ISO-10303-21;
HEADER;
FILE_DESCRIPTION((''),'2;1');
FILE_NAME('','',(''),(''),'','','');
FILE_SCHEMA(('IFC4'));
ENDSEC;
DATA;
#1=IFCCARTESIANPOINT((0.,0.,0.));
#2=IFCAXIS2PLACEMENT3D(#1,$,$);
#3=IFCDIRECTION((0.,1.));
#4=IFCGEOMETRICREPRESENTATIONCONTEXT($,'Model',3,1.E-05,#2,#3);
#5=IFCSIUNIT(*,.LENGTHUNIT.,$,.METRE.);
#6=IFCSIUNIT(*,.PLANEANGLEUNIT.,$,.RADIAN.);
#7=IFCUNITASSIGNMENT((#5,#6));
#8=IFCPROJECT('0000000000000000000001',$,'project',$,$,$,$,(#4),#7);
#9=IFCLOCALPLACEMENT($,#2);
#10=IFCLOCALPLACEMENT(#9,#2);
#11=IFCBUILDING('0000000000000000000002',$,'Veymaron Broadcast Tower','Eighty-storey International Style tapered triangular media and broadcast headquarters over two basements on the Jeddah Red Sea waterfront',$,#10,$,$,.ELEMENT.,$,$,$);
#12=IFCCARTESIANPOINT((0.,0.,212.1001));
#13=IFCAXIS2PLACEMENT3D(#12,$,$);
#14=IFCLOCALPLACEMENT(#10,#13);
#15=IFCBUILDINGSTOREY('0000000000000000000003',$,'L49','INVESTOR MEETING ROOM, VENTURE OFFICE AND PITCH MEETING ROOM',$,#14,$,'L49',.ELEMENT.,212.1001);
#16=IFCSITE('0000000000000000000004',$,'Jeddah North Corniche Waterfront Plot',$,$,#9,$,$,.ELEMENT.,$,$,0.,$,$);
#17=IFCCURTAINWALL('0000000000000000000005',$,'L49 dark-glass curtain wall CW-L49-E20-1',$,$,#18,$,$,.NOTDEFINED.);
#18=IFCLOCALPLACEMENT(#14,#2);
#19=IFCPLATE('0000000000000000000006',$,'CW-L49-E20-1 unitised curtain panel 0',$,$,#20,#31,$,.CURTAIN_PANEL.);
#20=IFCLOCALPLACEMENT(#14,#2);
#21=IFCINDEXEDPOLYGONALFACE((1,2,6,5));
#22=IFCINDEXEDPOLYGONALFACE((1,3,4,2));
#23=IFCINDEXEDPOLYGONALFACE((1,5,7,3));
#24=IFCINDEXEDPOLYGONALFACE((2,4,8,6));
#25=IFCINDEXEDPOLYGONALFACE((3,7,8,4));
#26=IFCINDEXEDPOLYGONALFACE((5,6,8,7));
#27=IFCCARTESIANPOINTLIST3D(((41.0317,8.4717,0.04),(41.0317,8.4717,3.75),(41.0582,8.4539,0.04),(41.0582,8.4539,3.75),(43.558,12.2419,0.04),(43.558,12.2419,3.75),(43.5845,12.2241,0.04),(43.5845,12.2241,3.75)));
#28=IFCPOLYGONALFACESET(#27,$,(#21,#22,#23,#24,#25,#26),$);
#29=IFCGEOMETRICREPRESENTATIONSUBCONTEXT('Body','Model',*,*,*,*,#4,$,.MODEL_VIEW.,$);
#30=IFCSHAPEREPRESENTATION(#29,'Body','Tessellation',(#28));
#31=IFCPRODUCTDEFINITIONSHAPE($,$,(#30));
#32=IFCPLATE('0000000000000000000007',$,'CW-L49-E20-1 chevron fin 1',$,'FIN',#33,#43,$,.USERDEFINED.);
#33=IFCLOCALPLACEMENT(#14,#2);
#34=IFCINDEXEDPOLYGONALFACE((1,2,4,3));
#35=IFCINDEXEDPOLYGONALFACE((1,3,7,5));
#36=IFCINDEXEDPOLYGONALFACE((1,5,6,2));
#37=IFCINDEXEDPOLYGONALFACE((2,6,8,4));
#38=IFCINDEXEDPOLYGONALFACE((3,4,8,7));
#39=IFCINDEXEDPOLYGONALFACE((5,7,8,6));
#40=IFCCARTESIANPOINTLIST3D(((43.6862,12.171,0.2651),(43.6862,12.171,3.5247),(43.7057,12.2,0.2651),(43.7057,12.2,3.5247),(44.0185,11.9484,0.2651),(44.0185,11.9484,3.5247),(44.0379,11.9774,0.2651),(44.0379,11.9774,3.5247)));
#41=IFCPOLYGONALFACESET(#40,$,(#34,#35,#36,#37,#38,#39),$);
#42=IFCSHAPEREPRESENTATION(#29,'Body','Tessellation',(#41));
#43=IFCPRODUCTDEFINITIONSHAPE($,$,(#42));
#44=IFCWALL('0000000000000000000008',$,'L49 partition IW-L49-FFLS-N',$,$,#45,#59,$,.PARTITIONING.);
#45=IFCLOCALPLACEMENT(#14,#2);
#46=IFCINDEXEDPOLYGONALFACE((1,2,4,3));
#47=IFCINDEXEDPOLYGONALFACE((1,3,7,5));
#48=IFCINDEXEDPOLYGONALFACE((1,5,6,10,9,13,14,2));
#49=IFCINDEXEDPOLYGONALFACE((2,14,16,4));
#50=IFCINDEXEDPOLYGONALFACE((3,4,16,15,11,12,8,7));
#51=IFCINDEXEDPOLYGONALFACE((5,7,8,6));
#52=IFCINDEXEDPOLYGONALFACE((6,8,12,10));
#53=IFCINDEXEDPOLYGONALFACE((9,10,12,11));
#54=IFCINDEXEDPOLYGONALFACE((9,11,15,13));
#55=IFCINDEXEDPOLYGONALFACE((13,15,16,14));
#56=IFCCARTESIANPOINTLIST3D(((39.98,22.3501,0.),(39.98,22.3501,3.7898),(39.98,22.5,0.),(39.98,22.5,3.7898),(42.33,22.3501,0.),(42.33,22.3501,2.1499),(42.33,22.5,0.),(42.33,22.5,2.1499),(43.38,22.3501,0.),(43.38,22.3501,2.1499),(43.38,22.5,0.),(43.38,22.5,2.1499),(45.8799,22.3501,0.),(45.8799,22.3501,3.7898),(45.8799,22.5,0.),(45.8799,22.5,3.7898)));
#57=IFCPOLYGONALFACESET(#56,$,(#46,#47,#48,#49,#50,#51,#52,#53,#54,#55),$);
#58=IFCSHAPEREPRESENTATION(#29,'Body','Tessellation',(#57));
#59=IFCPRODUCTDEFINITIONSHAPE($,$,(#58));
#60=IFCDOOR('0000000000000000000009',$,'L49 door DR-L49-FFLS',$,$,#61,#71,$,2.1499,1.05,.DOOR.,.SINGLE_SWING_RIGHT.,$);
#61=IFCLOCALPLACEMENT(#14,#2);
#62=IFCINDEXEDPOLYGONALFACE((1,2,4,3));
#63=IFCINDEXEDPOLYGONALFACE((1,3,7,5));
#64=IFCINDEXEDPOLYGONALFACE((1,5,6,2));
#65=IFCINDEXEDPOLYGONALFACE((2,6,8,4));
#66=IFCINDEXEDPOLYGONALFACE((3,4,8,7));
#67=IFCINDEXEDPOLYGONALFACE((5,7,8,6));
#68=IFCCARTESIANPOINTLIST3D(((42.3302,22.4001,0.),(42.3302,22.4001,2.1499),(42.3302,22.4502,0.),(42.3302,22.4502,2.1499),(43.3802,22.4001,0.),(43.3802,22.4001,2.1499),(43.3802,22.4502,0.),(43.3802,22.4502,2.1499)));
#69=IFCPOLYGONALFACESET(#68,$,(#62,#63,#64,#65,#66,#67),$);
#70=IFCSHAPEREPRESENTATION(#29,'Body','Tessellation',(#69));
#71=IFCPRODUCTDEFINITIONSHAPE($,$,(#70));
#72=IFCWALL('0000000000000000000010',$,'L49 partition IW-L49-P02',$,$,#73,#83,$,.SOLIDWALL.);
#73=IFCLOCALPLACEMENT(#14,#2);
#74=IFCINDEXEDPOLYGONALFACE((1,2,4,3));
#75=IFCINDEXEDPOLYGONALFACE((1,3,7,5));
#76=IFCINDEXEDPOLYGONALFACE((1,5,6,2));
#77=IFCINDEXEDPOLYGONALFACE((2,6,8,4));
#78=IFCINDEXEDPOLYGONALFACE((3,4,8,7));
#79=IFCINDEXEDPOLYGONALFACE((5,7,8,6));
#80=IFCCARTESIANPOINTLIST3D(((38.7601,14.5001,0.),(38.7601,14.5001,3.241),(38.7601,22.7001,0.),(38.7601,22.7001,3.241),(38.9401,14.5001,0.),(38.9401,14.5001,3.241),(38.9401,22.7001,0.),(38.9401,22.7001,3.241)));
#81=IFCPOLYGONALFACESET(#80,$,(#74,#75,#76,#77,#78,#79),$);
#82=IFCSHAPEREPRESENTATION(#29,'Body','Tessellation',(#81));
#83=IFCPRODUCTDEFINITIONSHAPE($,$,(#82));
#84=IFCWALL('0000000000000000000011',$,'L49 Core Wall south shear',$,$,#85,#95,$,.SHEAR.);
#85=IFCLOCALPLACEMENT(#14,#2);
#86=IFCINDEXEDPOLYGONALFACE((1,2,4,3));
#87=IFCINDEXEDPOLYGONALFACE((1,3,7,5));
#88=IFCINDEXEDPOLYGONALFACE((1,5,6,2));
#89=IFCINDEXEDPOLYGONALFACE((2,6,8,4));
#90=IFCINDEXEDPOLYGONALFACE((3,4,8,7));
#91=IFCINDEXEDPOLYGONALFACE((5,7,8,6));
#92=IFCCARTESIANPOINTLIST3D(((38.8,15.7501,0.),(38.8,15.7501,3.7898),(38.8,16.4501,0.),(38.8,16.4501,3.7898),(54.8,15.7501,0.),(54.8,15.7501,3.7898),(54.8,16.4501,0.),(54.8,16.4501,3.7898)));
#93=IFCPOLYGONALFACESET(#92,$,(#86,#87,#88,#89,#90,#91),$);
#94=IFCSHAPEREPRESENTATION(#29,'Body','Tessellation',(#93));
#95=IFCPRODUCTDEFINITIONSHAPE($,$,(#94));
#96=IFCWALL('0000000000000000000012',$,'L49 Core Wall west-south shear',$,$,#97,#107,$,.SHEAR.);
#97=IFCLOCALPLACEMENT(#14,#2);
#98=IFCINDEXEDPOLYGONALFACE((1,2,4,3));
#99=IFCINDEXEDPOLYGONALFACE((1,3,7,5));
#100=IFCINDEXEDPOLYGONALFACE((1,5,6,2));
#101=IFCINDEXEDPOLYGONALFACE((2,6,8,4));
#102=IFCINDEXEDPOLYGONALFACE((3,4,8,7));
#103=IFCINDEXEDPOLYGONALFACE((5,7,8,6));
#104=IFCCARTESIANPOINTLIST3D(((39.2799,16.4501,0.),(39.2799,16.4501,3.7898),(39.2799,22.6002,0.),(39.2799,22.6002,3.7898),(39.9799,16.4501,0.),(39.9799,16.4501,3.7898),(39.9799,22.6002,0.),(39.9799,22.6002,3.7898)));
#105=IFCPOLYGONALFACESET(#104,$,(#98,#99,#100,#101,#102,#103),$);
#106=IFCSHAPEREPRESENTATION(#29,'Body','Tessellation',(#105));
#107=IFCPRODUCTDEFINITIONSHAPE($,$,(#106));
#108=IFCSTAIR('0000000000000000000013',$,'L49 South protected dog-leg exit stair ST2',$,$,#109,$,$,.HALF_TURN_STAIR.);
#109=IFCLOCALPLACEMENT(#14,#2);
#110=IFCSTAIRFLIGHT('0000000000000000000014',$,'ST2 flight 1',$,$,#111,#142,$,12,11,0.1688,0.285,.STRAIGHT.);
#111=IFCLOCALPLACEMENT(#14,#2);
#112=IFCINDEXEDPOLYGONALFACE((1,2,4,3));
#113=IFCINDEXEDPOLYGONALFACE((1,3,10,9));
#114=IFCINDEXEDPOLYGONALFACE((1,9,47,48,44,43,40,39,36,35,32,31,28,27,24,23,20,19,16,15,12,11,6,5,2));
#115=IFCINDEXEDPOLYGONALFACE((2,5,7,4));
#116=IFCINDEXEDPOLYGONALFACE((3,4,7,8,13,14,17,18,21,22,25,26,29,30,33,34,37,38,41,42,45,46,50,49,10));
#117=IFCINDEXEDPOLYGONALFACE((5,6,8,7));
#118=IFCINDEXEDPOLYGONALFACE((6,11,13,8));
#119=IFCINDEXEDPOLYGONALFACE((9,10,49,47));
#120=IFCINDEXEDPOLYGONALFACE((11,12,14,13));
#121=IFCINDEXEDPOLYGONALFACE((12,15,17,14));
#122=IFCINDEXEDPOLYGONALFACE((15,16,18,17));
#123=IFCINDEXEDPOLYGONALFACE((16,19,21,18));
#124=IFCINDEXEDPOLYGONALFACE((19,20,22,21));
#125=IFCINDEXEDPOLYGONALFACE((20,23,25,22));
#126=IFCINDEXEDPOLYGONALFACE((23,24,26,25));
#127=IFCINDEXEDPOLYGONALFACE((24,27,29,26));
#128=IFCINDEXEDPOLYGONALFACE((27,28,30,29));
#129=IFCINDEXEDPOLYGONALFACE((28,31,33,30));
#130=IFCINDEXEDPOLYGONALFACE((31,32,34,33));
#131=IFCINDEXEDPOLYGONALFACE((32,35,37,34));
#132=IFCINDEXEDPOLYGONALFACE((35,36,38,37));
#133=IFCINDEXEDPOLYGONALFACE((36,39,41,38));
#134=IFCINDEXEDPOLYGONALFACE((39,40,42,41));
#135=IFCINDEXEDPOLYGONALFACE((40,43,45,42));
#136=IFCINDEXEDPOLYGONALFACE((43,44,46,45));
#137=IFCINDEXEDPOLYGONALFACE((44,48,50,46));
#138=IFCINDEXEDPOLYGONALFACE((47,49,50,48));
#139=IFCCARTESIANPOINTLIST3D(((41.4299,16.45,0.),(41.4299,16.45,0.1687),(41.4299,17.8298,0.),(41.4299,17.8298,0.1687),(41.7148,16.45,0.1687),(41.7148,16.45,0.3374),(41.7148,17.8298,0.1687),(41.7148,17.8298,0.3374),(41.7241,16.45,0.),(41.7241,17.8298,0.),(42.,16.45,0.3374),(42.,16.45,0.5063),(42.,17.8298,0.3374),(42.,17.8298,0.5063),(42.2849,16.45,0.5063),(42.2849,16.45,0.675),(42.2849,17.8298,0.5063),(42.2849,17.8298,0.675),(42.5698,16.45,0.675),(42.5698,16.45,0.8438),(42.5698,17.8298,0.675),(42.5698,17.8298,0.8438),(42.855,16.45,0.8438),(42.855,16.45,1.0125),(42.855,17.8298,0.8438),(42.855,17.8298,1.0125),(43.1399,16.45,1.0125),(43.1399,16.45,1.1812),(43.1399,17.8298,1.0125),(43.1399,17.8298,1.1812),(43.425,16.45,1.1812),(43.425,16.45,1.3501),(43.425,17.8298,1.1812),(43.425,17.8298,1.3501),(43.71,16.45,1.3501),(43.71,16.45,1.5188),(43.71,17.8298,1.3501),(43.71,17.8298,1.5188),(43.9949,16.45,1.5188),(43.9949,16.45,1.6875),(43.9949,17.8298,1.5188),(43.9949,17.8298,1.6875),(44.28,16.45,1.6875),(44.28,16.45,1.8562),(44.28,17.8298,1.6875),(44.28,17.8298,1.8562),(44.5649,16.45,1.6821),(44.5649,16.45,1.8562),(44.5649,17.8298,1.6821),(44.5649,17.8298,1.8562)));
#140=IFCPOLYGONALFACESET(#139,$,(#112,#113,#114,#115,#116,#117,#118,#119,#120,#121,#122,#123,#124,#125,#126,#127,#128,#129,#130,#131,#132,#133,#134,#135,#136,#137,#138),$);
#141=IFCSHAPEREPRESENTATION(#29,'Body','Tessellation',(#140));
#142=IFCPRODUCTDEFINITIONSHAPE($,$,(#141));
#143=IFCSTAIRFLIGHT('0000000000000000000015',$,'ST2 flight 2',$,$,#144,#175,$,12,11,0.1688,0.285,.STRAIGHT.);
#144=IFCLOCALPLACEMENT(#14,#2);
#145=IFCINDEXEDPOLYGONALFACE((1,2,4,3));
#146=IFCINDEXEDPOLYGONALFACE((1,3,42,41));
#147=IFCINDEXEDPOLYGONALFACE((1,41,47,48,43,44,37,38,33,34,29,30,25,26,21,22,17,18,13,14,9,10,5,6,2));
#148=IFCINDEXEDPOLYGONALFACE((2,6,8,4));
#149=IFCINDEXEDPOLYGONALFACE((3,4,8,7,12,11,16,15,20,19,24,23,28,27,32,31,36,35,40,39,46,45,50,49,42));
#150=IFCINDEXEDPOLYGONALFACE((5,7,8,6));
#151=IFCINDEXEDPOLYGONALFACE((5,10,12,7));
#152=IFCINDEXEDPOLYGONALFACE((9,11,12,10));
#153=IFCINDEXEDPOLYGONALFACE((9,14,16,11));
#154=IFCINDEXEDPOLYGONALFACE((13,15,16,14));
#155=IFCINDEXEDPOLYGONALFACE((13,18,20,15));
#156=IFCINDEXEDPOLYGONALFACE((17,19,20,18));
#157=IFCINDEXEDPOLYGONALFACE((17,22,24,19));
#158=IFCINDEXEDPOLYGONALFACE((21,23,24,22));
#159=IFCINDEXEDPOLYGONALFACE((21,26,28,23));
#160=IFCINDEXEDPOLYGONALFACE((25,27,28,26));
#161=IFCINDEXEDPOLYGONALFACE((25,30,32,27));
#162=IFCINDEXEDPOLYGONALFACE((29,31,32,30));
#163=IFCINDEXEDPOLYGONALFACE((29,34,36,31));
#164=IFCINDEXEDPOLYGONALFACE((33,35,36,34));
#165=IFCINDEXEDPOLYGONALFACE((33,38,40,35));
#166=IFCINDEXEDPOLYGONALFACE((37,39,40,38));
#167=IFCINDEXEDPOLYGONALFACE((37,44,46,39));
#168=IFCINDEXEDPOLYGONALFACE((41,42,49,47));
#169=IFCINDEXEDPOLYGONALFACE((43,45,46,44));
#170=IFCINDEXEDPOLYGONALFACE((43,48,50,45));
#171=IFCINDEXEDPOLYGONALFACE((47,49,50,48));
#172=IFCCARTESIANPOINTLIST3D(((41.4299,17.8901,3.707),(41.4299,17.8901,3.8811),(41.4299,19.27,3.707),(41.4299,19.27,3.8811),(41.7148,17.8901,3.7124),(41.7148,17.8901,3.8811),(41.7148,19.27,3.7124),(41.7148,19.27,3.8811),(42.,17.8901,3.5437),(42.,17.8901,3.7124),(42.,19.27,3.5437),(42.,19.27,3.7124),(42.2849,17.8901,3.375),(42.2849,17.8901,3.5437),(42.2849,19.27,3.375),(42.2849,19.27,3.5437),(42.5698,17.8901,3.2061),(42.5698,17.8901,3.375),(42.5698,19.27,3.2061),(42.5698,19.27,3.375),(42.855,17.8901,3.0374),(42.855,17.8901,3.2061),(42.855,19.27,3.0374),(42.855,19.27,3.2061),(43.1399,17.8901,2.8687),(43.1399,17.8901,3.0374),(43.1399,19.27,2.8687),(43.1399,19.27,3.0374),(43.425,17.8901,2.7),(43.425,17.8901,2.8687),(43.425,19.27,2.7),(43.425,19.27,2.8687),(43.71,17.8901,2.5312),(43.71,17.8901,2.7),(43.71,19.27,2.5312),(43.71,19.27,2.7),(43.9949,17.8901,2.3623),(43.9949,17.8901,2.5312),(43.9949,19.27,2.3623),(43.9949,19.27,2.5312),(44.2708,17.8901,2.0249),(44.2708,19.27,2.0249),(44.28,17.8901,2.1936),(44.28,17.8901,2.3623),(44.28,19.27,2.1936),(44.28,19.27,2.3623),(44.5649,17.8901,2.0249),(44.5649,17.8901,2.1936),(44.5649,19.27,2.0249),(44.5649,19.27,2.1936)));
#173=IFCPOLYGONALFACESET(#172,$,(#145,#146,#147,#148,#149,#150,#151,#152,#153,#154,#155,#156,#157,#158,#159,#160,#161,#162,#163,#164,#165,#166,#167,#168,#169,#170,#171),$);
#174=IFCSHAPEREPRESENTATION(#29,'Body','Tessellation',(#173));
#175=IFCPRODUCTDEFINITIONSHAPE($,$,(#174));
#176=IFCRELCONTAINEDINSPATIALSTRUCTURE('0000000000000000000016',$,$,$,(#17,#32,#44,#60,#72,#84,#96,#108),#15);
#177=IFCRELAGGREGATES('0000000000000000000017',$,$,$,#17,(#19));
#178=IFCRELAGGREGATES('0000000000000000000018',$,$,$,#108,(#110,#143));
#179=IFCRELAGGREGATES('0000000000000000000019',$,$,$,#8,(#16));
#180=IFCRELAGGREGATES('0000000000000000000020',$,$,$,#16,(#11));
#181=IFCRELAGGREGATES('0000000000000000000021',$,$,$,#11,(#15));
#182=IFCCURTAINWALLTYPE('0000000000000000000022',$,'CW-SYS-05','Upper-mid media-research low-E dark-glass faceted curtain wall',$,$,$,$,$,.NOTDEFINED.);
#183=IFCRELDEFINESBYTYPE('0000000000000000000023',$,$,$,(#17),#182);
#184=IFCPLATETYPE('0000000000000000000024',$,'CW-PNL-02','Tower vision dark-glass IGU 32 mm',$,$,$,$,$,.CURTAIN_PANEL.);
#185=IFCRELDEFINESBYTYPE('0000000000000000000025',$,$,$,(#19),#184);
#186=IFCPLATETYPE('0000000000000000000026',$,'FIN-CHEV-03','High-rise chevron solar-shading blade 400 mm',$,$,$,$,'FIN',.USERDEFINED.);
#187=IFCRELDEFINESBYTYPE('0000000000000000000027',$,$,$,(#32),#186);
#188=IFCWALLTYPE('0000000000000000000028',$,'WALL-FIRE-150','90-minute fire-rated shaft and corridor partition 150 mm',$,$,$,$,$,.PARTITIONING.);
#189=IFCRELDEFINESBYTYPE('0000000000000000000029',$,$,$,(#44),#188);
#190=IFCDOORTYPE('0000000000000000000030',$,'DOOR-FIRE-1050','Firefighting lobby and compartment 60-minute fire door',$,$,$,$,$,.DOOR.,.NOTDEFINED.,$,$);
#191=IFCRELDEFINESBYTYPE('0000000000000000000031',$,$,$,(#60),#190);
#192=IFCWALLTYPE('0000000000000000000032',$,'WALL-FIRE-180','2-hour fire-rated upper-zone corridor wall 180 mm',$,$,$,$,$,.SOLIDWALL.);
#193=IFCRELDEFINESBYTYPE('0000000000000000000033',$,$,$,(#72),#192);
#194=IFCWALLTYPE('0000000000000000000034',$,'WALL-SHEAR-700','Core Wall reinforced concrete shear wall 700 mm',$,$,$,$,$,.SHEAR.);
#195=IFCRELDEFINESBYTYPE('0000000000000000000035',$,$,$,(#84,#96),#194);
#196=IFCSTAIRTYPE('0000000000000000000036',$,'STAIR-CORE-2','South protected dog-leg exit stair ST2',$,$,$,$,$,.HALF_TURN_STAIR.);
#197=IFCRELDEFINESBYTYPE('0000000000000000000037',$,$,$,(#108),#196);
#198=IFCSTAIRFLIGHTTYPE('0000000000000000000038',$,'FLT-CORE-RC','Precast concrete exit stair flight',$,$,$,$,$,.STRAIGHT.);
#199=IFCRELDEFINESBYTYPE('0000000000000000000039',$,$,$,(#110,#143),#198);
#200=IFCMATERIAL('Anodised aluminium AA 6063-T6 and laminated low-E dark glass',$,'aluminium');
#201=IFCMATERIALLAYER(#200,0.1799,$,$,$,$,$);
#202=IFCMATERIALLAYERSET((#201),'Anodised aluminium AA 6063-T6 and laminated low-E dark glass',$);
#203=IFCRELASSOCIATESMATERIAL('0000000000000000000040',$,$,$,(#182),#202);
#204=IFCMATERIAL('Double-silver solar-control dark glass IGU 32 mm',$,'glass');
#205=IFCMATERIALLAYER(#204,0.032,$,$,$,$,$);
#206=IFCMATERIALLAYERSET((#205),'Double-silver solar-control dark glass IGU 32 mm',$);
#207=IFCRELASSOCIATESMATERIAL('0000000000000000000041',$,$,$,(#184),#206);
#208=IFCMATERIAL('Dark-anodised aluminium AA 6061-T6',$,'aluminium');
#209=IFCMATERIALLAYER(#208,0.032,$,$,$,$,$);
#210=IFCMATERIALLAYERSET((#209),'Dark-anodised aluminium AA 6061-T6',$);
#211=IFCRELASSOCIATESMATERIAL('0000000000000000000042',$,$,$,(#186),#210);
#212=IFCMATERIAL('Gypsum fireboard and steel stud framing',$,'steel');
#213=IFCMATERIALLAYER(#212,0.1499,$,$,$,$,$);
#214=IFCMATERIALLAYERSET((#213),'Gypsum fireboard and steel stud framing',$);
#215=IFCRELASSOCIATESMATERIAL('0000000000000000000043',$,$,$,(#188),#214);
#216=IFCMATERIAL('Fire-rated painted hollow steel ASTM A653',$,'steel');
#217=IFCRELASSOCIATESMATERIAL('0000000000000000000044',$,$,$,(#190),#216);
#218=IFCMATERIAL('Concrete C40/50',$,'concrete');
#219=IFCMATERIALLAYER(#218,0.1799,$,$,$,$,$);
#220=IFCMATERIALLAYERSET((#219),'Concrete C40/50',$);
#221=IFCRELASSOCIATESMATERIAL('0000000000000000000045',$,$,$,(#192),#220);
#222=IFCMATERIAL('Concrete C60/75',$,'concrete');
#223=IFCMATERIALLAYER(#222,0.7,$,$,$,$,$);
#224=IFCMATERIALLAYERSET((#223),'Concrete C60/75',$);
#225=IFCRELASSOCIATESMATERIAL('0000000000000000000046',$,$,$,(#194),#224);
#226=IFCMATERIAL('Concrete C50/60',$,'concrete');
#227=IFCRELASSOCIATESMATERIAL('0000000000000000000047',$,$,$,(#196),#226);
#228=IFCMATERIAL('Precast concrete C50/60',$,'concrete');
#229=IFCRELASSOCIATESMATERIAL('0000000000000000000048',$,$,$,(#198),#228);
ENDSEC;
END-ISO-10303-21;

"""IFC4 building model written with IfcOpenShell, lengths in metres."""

from ifc_helpers import new_model, si_unit, direction, frame, frame_2d, origin, origin_2d, place, context, subcontext, project, spatial, polyline, rectangle, outline, extrude, material, layer, layer_set, type_object, element, fill, aggregate, save


model = new_model("IFC4")

# Units and contexts
model_context = context("Model", 3, precision=1e-05, world=origin(), true_north=direction((0.0, 1.0)))
body_context = subcontext(model_context, "Body", "Model", "MODEL_VIEW")
ifc_project = project(units=[si_unit("LENGTHUNIT", "METRE"), si_unit("PLANEANGLEUNIT", "RADIAN")], contexts=[model_context])

# Site, building, storey
site_placement = place(None, origin())
site = spatial("IfcSite", under=ifc_project, at=site_placement, Name="Jeddah North Corniche Waterfront Plot", CompositionType="ELEMENT", RefElevation=0.0)
building_placement = place(site_placement, origin())
building = spatial("IfcBuilding", under=site, at=building_placement, Name="Veymaron Broadcast Tower", Description="Eighty-storey International Style tapered triangular media and broadcast headquarters over two basements on the Jeddah Red Sea waterfront", CompositionType="ELEMENT")
storey_placement = place(building_placement, frame((0.0, 0.0, 212.1001)))
storey = spatial("IfcBuildingStorey", under=building, at=storey_placement, Name="L49", Description="INVESTOR MEETING ROOM, VENTURE OFFICE AND PITCH MEETING ROOM", LongName="L49", CompositionType="ELEMENT", Elevation=212.1001)

# Shared definitions
ifc_material_1 = material(Name="Concrete C60/75", Category="concrete")

# Curtain wall, plate
ifc_material_2 = material(Name="Anodised aluminium AA 6063-T6 and laminated low-E dark glass", Category="aluminium")
ifc_layer_1 = layer(ifc_material_2, 0.1799)
ifc_layer_set_1 = layer_set([ifc_layer_1], Name="Anodised aluminium AA 6063-T6 and laminated low-E dark glass")
curtain_wall_type = type_object("IfcCurtainWallType", Name="CW-SYS-05", Description="Upper-mid media-research low-E dark-glass faceted curtain wall", PredefinedType="NOTDEFINED", material=ifc_layer_set_1)
curtain_wall_placement = place(storey_placement, origin())
curtain_wall = element("IfcCurtainWall", 1, at=curtain_wall_placement, inside=storey, type_object=curtain_wall_type, Name="L49 dark-glass curtain wall CW-L49-E20-1", PredefinedType="NOTDEFINED")
ifc_material_3 = material(Name="Double-silver solar-control dark glass IGU 32 mm", Category="glass")
ifc_layer_2 = layer(ifc_material_3, 0.032)
ifc_layer_set_2 = layer_set([ifc_layer_2], Name="Double-silver solar-control dark glass IGU 32 mm")
plate_type_1 = type_object("IfcPlateType", Name="CW-PNL-02", Description="Tower vision dark-glass IGU 32 mm", PredefinedType="CURTAIN_PANEL", material=ifc_layer_set_2)
plate_1_placement = place(storey_placement, frame((42.3081, 10.3479, 0.04), z_axis=(0.0, 0.0, 1.0), x_axis=(0.556658, 0.830742, 0.0)))
plate_1 = element("IfcPlate", 2, at=plate_1_placement, type_object=plate_type_1, Name="CW-L49-E20-1 unitised curtain panel 0", PredefinedType="CURTAIN_PANEL", context=body_context, shape_type="SweptSolid", body=[
    extrude(rectangle(XDim=4.5383, YDim=0.032, at=origin_2d()), origin(), (0.0, 0.0, 1.0), 3.71),
])
aggregate(curtain_wall, [plate_1])

# Plate
ifc_material_4 = material(Name="Dark-anodised aluminium AA 6061-T6", Category="aluminium")
ifc_layer_3 = layer(ifc_material_4, 0.032)
ifc_layer_set_3 = layer_set([ifc_layer_3], Name="Dark-anodised aluminium AA 6061-T6")
plate_type_2 = type_object("IfcPlateType", Name="FIN-CHEV-03", Description="High-rise chevron solar-shading blade 400 mm", ElementType="FIN", PredefinedType="USERDEFINED", material=ifc_layer_set_3)
plate_2_placement = place(storey_placement, frame((43.8621, 12.0742, 0.2651), z_axis=(0.0, 0.0, 1.0), x_axis=(0.830742, -0.556658, 0.0)))
element("IfcPlate", 3, at=plate_2_placement, inside=storey, type_object=plate_type_2, Name="CW-L49-E20-1 chevron fin 1", ObjectType="FIN", PredefinedType="USERDEFINED", context=body_context, shape_type="SweptSolid", body=[
    extrude(rectangle(XDim=0.3999, YDim=0.0349, at=origin_2d()), origin(), (0.0, 0.0, 1.0), 3.2595),
])

# Wall, opening, door
ifc_material_5 = material(Name="Gypsum fireboard and steel stud framing", Category="steel")
ifc_layer_4 = layer(ifc_material_5, 0.1499)
ifc_layer_set_4 = layer_set([ifc_layer_4], Name="Gypsum fireboard and steel stud framing")
wall_type_1 = type_object("IfcWallType", Name="WALL-FIRE-150", Description="90-minute fire-rated shaft and corridor partition 150 mm", PredefinedType="PARTITIONING", material=ifc_layer_set_4)
wall_1_placement = place(storey_placement, frame((39.98, 22.425, 0.0), z_axis=(0.0, 0.0, 1.0), x_axis=(1.0, 0.0, 0.0)))
wall_1 = element("IfcWall", 4, at=wall_1_placement, inside=storey, type_object=wall_type_1, Name="L49 partition IW-L49-FFLS-N", PredefinedType="PARTITIONING", context=body_context, shape_type="SweptSolid", body=[
    extrude(rectangle(XDim=5.8999, YDim=0.1499, at=frame_2d((2.95, 0.0))), origin(), (0.0, 0.0, 1.0), 3.7898),
])
opening_1_placement = place(wall_1_placement, frame((2.3501, 0.0, 0.0)))
opening_1 = element("IfcOpeningElement", 5, at=opening_1_placement, cuts=wall_1, PredefinedType="OPENING", context=body_context, shape_type="SweptSolid", body=[
    extrude(rectangle(XDim=1.05, YDim=2.1499, at=frame_2d((0.5249, 1.075))), frame((0.0, 0.085, 0.0), z_axis=(0.0, -1.0, 0.0), x_axis=(1.0, 0.0, 0.0)), (0.0, 0.0, 1.0), 0.1699),
])
ifc_material_6 = material(Name="Fire-rated painted hollow steel ASTM A653", Category="steel")
door_type_1 = type_object("IfcDoorType", Name="DOOR-FIRE-1050", Description="Firefighting lobby and compartment 60-minute fire door", OperationType="NOTDEFINED", PredefinedType="DOOR", material=ifc_material_6)
door_1_placement = place(opening_1_placement, frame((1.05, 0.0, 0.0), z_axis=(0.0, 0.0, 1.0), x_axis=(-1.0, 0.0, 0.0)))
door_1 = element("IfcDoor", 6, at=door_1_placement, inside=storey, type_object=door_type_1, Name="L49 door DR-L49-FFLS", OperationType="SINGLE_SWING_RIGHT", OverallHeight=2.1499, OverallWidth=1.05, PredefinedType="DOOR", context=body_context, shape_type="SweptSolid", body=[
    extrude(rectangle(XDim=1.05, YDim=2.1499, at=frame_2d((0.5249, 1.075))), frame((0.0, 0.0249, 0.0), z_axis=(0.0, -1.0, 0.0), x_axis=(1.0, 0.0, 0.0)), (0.0, 0.0, 1.0), 0.05),
])
fill(opening_1, door_1)

# Wall
ifc_material_7 = material(Name="Concrete C40/50", Category="concrete")
ifc_layer_5 = layer(ifc_material_7, 0.1799)
ifc_layer_set_5 = layer_set([ifc_layer_5], Name="Concrete C40/50")
wall_type_2 = type_object("IfcWallType", Name="WALL-FIRE-180", Description="2-hour fire-rated upper-zone corridor wall 180 mm", PredefinedType="SOLIDWALL", material=ifc_layer_set_5)
wall_2_placement = place(storey_placement, frame((38.8501, 14.5, 0.0), z_axis=(0.0, 0.0, 1.0), x_axis=(0.0, 1.0, 0.0)))
element("IfcWall", 7, at=wall_2_placement, inside=storey, type_object=wall_type_2, Name="L49 partition IW-L49-P02", PredefinedType="SOLIDWALL", context=body_context, shape_type="SweptSolid", body=[
    extrude(rectangle(XDim=8.2, YDim=0.1799, at=frame_2d((4.1001, 0.0))), origin(), (0.0, 0.0, 1.0), 3.241),
])

# Shared definitions
ifc_material_8 = material(Name="Concrete C50/60", Category="concrete")

# Walls
ifc_layer_6 = layer(ifc_material_1, 0.7)
ifc_layer_set_6 = layer_set([ifc_layer_6], Name="Concrete C60/75")
wall_type_3 = type_object("IfcWallType", Name="WALL-SHEAR-700", Description="Core Wall reinforced concrete shear wall 700 mm", PredefinedType="SHEAR", material=ifc_layer_set_6)
wall_3_placement = place(storey_placement, frame((38.8, 16.1001, 0.0), z_axis=(0.0, 0.0, 1.0), x_axis=(1.0, 0.0, 0.0)))
element("IfcWall", 8, at=wall_3_placement, inside=storey, type_object=wall_type_3, Name="L49 Core Wall south shear", PredefinedType="SHEAR", context=body_context, shape_type="SweptSolid", body=[
    extrude(rectangle(XDim=16.0, YDim=0.7, at=frame_2d((8.0, 0.0))), origin(), (0.0, 0.0, 1.0), 3.7898),
])
wall_4_placement = place(storey_placement, frame((39.6299, 16.45, 0.0), z_axis=(0.0, 0.0, 1.0), x_axis=(0.0, 1.0, 0.0)))
element("IfcWall", 9, at=wall_4_placement, inside=storey, type_object=wall_type_3, Name="L49 Core Wall west-south shear", PredefinedType="SHEAR", context=body_context, shape_type="SweptSolid", body=[
    extrude(rectangle(XDim=6.1501, YDim=0.7, at=frame_2d((3.0752, 0.0))), origin(), (0.0, 0.0, 1.0), 3.7898),
])

# Stair, stair flights
stair_type = type_object("IfcStairType", Name="STAIR-CORE-2", Description="South protected dog-leg exit stair ST2", PredefinedType="HALF_TURN_STAIR", material=ifc_material_8)
stair_placement = place(storey_placement, origin())
stair = element("IfcStair", 10, at=stair_placement, inside=storey, type_object=stair_type, Name="L49 South protected dog-leg exit stair ST2", PredefinedType="HALF_TURN_STAIR")
ifc_material_9 = material(Name="Precast concrete C50/60", Category="concrete")
stair_flight_type = type_object("IfcStairFlightType", Name="FLT-CORE-RC", Description="Precast concrete exit stair flight", PredefinedType="STRAIGHT", material=ifc_material_9)
stair_flight_1_placement = place(storey_placement, frame((41.4299, 17.1399, 0.0), z_axis=(0.0, 0.0, 1.0), x_axis=(1.0, 0.0, 0.0)))
stair_flight_1 = element("IfcStairFlight", 11, at=stair_flight_1_placement, type_object=stair_flight_type, Name="ST2 flight 1", NumberOfRisers=12, NumberOfTreads=11, PredefinedType="STRAIGHT", RiserHeight=0.1688, TreadLength=0.285, context=body_context, shape_type="SweptSolid", body=[
    extrude(outline(polyline([(0.0, 0.0), (0.0, 0.1687), (0.2849, 0.1687), (0.2849, 0.3374), (0.5701, 0.3374), (0.5701, 0.5063), (0.855, 0.5063), (0.855, 0.675), (1.1399, 0.675), (1.1399, 0.8438), (1.425, 0.8438), (1.425, 1.0125), (1.71, 1.0125), (1.71, 1.1812), (1.9951, 1.1812), (1.9951, 1.3501), (2.28, 1.3501), (2.28, 1.5188), (2.5649, 1.5188), (2.5649, 1.6875), (2.8501, 1.6875), (2.8501, 1.8562), (3.135, 1.8562), (3.135, 2.0249), (3.135, 1.6821), (0.2942, 0.0), (0.0, 0.0)])), frame((0.0, 0.6899, 0.0), z_axis=(0.0, -1.0, 0.0), x_axis=(1.0, 0.0, 0.0)), (0.0, 0.0, 1.0), 1.3799),
])
stair_flight_2_placement = place(storey_placement, frame((44.5649, 18.5801, 2.0249), z_axis=(0.0, 0.0, 1.0), x_axis=(-1.0, 0.0, 0.0)))
stair_flight_2 = element("IfcStairFlight", 12, at=stair_flight_2_placement, type_object=stair_flight_type, Name="ST2 flight 2", NumberOfRisers=12, NumberOfTreads=11, PredefinedType="STRAIGHT", RiserHeight=0.1688, TreadLength=0.285, context=body_context, shape_type="SweptSolid", body=[
    extrude(outline(polyline([(0.0, 0.0), (0.0, 0.1687), (0.2849, 0.1687), (0.2849, 0.3374), (0.5701, 0.3374), (0.5701, 0.5063), (0.855, 0.5063), (0.855, 0.675), (1.1399, 0.675), (1.1399, 0.8438), (1.425, 0.8438), (1.425, 1.0125), (1.71, 1.0125), (1.71, 1.1812), (1.9951, 1.1812), (1.9951, 1.3501), (2.28, 1.3501), (2.28, 1.5188), (2.5649, 1.5188), (2.5649, 1.6875), (2.8501, 1.6875), (2.8501, 1.8562), (3.135, 1.8562), (3.135, 2.0249), (3.135, 1.6821), (0.2942, 0.0), (0.0, 0.0)])), frame((0.0, 0.6899, 0.0), z_axis=(0.0, -1.0, 0.0), x_axis=(1.0, 0.0, 0.0)), (0.0, 0.0, 1.0), 1.3799),
])
aggregate(stair, [stair_flight_1, stair_flight_2])

save(model, "model.ifc")
